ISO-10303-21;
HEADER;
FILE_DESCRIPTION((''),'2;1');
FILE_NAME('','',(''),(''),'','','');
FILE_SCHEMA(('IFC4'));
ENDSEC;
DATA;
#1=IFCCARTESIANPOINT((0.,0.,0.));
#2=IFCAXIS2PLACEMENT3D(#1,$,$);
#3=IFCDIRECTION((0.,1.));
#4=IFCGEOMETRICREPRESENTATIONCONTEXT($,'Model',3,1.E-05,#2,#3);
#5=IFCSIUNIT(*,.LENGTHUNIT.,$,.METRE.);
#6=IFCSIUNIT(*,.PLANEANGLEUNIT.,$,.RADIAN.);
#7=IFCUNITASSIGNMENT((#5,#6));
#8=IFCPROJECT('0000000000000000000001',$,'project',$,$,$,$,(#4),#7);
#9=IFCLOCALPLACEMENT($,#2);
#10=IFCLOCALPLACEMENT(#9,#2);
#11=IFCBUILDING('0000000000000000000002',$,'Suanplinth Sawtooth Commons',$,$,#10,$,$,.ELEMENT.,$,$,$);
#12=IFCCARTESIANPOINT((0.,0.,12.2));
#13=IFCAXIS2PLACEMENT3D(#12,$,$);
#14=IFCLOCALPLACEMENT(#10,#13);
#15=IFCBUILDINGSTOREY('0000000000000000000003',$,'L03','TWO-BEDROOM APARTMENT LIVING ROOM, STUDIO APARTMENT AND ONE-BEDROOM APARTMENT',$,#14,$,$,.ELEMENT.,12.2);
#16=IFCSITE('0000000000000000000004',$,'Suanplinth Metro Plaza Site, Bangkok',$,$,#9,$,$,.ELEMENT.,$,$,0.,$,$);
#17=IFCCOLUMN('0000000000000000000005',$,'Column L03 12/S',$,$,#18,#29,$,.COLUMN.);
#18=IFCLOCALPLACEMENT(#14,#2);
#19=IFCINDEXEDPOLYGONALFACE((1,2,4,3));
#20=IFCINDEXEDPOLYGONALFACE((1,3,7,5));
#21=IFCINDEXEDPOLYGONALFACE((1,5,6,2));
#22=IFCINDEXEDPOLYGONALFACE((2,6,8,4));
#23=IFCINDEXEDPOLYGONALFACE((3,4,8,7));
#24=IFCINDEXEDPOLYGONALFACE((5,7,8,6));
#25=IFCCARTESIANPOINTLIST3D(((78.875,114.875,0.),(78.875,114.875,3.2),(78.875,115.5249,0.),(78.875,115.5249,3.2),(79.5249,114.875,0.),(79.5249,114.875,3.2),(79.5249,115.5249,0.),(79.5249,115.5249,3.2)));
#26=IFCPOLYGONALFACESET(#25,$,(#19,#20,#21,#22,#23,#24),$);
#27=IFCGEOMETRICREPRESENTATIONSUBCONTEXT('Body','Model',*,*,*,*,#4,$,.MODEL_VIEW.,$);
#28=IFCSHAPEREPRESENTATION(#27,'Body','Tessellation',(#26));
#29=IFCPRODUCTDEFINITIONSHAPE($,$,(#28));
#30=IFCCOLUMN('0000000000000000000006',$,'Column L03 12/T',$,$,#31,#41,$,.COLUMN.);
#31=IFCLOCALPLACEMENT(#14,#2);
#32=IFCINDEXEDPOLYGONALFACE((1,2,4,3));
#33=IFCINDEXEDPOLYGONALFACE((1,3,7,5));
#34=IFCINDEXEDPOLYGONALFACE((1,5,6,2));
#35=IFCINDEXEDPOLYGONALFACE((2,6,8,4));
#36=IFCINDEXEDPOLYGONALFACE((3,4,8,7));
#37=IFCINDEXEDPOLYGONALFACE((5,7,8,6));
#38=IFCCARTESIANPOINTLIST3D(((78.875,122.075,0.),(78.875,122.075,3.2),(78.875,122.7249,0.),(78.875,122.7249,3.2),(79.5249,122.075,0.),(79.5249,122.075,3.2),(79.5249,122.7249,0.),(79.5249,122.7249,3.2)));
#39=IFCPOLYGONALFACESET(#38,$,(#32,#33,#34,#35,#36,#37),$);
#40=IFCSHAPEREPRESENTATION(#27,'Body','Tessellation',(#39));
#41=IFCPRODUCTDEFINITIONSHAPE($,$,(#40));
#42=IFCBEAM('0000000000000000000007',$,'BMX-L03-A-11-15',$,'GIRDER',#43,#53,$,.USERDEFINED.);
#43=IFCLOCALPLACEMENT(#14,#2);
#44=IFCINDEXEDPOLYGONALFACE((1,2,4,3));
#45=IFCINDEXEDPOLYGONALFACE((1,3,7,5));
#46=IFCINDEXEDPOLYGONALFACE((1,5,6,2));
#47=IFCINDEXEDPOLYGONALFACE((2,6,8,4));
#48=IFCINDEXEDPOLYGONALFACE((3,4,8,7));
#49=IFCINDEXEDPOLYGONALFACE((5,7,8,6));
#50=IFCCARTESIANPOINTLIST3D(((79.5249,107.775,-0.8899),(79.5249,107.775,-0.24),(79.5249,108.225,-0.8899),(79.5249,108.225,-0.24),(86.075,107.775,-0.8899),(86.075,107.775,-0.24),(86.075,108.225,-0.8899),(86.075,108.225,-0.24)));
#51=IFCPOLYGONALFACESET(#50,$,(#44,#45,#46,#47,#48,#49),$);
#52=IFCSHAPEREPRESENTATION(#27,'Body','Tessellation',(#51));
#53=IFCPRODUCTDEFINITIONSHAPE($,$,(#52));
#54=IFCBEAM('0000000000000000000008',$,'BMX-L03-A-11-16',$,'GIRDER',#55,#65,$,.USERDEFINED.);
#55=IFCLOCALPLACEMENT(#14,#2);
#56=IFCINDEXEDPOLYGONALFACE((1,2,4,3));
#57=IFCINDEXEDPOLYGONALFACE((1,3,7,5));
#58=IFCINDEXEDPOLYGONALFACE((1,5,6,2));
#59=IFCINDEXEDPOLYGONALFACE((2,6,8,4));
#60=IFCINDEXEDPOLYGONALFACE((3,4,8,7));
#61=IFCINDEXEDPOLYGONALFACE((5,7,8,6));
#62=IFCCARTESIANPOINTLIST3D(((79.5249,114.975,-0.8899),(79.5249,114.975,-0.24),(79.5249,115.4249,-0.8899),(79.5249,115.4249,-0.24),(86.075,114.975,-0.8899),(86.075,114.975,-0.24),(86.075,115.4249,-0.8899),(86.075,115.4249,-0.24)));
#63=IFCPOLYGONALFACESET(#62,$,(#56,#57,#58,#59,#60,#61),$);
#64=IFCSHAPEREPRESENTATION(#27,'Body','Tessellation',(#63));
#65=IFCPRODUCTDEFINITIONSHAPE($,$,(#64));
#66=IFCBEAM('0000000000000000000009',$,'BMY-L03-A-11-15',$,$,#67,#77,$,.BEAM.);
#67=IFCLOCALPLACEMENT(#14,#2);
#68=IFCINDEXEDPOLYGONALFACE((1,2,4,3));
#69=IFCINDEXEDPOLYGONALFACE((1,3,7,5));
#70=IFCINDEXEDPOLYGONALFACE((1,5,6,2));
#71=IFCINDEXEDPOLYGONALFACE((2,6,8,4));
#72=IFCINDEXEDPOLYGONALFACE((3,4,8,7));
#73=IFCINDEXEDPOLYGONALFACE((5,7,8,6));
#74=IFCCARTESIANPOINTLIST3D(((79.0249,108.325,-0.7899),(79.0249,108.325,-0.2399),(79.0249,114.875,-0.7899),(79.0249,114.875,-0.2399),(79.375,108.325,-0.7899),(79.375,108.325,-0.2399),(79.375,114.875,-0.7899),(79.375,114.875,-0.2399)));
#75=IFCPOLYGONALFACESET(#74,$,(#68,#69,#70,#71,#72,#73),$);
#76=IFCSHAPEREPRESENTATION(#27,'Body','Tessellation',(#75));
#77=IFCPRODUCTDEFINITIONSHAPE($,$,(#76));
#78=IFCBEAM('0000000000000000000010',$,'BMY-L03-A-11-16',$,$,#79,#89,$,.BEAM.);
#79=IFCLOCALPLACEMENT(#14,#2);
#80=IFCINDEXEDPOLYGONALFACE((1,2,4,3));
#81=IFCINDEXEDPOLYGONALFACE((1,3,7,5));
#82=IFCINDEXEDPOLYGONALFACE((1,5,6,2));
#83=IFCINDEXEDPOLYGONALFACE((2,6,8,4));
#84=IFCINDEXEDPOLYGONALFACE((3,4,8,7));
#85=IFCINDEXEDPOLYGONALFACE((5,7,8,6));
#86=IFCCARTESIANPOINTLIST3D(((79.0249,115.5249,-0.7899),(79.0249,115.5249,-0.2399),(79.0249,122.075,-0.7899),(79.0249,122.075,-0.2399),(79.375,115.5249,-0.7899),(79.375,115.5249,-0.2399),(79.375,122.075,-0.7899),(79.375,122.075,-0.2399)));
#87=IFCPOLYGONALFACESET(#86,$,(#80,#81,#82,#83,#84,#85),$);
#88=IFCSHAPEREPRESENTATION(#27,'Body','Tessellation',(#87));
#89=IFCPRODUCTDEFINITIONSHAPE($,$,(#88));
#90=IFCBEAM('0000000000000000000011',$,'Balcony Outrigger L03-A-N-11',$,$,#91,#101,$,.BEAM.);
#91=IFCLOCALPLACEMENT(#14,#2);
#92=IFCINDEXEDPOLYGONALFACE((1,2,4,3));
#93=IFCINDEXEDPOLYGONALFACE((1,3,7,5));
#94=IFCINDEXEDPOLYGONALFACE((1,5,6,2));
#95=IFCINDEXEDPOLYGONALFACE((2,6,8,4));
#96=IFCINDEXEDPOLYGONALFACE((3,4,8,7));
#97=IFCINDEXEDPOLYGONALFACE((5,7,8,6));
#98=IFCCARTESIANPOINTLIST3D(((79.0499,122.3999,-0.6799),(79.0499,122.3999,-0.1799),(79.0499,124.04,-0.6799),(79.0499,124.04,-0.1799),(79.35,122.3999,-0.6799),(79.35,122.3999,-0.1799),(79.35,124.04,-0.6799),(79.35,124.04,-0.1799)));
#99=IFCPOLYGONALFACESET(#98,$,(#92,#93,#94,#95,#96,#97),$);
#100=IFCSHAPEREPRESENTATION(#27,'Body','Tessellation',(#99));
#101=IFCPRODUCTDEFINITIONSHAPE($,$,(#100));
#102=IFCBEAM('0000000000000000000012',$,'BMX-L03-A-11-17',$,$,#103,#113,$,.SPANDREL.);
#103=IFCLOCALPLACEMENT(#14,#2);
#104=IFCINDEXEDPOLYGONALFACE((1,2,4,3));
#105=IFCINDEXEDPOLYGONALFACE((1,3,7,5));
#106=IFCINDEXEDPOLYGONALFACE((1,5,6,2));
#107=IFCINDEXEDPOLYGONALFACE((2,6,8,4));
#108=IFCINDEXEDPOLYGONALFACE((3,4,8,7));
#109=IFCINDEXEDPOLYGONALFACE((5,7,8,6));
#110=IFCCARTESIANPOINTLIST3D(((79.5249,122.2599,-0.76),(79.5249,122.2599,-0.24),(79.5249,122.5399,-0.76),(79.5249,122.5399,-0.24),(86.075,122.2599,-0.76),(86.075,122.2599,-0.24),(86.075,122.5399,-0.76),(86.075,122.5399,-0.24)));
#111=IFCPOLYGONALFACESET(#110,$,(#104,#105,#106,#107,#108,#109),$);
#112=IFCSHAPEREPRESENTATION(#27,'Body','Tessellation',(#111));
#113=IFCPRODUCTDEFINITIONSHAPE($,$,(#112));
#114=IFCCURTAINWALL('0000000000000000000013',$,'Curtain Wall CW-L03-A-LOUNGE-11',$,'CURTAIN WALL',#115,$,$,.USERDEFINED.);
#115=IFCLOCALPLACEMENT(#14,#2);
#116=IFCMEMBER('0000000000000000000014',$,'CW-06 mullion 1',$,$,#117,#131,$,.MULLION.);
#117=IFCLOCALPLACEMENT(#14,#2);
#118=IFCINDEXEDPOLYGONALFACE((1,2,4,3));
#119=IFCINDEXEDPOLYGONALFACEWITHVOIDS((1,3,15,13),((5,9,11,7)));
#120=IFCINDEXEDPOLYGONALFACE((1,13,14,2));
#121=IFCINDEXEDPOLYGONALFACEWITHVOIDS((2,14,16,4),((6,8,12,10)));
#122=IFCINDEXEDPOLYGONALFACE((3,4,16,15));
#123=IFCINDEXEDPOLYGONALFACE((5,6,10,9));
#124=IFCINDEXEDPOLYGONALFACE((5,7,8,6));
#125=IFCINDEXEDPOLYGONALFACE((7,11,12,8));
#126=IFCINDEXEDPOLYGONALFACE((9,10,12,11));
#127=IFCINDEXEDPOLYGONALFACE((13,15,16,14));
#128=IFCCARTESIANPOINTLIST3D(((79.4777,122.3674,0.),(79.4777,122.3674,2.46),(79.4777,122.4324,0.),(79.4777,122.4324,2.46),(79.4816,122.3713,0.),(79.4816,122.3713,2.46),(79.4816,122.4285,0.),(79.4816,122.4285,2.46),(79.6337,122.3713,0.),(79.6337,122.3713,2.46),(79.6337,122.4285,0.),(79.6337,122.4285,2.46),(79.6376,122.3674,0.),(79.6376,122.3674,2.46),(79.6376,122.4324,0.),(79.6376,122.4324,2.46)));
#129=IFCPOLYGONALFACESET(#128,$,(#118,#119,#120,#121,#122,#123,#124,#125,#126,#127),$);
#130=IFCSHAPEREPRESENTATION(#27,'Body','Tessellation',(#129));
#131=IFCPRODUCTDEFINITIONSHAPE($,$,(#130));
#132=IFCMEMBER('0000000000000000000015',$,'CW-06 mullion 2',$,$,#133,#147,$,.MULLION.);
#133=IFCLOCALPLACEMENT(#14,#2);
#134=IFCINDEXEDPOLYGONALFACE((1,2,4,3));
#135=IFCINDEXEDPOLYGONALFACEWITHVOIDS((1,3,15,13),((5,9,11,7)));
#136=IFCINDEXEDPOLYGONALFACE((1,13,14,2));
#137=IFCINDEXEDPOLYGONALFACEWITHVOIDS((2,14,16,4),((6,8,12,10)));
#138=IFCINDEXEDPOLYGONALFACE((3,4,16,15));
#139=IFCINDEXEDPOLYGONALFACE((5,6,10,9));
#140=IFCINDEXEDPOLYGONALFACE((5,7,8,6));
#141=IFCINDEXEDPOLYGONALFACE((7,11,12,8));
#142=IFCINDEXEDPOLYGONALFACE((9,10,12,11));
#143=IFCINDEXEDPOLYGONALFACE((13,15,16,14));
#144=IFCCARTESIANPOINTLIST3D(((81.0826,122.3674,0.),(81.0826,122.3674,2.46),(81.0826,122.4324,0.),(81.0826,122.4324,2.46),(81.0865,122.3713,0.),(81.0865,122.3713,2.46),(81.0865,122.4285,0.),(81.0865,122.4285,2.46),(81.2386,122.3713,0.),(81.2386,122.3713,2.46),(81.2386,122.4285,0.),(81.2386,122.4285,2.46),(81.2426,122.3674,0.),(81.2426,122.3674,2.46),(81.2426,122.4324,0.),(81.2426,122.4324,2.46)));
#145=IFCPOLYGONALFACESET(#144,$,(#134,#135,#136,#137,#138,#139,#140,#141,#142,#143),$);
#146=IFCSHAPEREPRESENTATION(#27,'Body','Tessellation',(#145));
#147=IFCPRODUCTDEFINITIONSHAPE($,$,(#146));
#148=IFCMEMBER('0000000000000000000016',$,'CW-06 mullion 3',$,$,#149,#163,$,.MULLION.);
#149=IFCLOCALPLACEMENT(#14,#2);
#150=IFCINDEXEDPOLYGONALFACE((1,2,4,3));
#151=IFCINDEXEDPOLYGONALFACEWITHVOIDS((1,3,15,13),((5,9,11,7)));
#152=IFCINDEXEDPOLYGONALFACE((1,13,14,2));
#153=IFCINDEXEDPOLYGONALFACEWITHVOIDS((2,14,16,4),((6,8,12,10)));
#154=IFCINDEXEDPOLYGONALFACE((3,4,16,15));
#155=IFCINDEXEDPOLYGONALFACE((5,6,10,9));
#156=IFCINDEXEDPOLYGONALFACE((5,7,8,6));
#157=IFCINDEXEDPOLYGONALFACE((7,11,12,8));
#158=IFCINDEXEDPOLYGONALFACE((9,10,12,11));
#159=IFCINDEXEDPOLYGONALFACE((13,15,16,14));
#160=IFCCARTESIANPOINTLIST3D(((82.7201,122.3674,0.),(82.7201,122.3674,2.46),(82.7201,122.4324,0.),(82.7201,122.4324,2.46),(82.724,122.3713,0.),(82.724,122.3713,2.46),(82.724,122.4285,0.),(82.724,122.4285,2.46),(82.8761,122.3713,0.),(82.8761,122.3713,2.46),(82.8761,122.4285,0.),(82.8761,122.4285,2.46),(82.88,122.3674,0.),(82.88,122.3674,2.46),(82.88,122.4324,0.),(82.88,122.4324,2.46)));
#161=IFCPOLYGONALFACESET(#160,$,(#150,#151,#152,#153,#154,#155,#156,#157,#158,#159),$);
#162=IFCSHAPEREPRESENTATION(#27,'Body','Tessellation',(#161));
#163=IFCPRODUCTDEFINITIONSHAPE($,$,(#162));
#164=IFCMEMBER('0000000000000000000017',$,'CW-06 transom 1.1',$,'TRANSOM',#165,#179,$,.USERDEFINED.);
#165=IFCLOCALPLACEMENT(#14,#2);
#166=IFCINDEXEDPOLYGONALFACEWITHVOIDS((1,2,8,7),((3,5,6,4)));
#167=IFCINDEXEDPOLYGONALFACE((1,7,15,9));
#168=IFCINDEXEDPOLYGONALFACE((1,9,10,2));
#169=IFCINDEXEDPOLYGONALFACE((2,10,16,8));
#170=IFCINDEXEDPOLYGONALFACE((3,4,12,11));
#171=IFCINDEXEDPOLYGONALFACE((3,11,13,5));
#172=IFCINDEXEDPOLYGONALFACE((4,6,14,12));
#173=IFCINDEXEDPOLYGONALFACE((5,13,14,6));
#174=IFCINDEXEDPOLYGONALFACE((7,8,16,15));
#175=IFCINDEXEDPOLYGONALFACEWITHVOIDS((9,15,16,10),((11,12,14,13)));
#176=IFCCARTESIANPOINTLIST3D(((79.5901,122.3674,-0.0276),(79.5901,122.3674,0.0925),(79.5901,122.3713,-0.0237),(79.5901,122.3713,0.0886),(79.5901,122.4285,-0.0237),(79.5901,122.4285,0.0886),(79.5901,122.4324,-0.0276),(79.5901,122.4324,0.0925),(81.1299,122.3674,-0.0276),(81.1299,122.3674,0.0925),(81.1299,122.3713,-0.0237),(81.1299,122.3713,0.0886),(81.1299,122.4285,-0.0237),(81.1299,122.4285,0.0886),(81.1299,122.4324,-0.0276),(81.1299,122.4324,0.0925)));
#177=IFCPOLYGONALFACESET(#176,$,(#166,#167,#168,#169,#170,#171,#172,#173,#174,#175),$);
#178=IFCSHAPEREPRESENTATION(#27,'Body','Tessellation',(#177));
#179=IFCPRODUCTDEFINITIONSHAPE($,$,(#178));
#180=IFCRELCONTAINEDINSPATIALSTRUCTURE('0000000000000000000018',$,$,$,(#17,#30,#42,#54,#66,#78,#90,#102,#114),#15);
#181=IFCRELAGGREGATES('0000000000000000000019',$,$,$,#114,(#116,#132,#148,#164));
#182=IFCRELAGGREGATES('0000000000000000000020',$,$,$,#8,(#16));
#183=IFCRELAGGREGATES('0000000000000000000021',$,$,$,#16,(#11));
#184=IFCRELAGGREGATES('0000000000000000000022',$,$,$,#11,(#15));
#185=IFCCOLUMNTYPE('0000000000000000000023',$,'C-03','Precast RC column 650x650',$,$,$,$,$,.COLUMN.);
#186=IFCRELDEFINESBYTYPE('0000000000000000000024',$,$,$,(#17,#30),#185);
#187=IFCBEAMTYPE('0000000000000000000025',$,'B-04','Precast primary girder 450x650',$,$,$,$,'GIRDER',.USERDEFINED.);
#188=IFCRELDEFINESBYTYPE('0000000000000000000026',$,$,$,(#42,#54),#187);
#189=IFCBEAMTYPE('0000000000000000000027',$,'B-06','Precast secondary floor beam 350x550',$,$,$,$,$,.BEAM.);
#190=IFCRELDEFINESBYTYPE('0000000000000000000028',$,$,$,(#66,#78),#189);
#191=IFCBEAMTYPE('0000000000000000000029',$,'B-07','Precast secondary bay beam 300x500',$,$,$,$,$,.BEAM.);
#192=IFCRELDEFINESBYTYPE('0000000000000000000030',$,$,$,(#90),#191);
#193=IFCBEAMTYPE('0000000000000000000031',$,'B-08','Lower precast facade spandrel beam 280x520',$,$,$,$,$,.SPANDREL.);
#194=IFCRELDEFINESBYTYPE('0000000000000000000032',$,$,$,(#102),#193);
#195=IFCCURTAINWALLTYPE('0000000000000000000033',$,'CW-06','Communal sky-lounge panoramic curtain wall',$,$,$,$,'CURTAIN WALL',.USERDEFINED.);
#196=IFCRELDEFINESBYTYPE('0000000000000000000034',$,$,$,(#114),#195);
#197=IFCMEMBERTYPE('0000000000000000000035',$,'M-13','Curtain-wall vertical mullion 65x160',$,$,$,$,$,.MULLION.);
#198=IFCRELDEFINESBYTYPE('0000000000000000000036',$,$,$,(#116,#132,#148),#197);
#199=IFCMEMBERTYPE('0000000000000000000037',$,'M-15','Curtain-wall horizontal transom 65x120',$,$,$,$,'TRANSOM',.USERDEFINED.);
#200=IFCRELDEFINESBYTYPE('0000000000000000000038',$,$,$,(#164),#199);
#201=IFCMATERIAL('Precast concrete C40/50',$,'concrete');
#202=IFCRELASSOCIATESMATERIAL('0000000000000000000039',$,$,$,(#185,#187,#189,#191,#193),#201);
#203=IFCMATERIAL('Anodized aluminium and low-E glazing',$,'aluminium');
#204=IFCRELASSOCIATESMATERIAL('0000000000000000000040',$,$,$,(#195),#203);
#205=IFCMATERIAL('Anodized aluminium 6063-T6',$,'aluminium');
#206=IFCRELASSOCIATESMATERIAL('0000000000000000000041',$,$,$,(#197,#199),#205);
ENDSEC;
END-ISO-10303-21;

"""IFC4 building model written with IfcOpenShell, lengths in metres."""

from ifc_helpers import new_model, si_unit, direction, frame, origin, origin_2d, place, context, subcontext, project, spatial, rectangle, hollow_rectangle, extrude, material, material_profile, profile_set, type_object, element, aggregate, save


model = new_model("IFC4")

# Units and contexts
model_context = context("Model", 3, precision=1e-05, world=origin(), true_north=direction((0.0, 1.0)))
body_context = subcontext(model_context, "Body", "Model", "MODEL_VIEW")
ifc_project = project(units=[si_unit("LENGTHUNIT", "METRE"), si_unit("PLANEANGLEUNIT", "RADIAN")], contexts=[model_context])

# Site, building, storey
site_placement = place(None, origin())
site = spatial("IfcSite", under=ifc_project, at=site_placement, Name="Suanplinth Metro Plaza Site, Bangkok", CompositionType="ELEMENT", RefElevation=0.0)
building_placement = place(site_placement, origin())
building = spatial("IfcBuilding", under=site, at=building_placement, Name="Suanplinth Sawtooth Commons", CompositionType="ELEMENT")
storey_placement = place(building_placement, frame((0.0, 0.0, 12.2)))
storey = spatial("IfcBuildingStorey", under=building, at=storey_placement, Name="L03", Description="TWO-BEDROOM APARTMENT LIVING ROOM, STUDIO APARTMENT AND ONE-BEDROOM APARTMENT", CompositionType="ELEMENT", Elevation=12.2)

# Columns
ifc_material_1 = material(Name="Precast concrete C40/50", Category="concrete")
ifc_material_profile_1 = material_profile(ifc_material_1, rectangle(XDim=0.6499, YDim=0.6499, at=origin_2d()), Name="PC-COL 650x650")
ifc_profile_set_1 = profile_set([ifc_material_profile_1], Name="Precast concrete C40/50")
column_type = type_object("IfcColumnType", Name="C-03", Description="Precast RC column 650x650", PredefinedType="COLUMN", material=ifc_profile_set_1)
for number, where, z_axis, x_axis, name in (
    (1, (79.2, 115.2, 0.0), (0.0, 0.0, 1.0), (1.0, 0.0, 0.0), "Column L03 12/S"),
    (2, (79.2, 122.3999, 0.0), (0.0, 0.0, 1.0), (1.0, 0.0, 0.0), "Column L03 12/T"),
):
    element("IfcColumn", number, at=place(storey_placement, frame(where, z_axis=z_axis, x_axis=x_axis)), inside=storey, type_object=column_type, Name=name, PredefinedType="COLUMN", context=body_context, shape_type="SweptSolid", body=[
        extrude(rectangle(XDim=0.6499, YDim=0.6499, at=origin_2d()), origin(), (0.0, 0.0, 1.0), 3.2),
    ])

# Beams
ifc_material_profile_2 = material_profile(ifc_material_1, rectangle(XDim=0.45, YDim=0.6499, at=origin_2d()), Name="PC-GDR 450x650")
ifc_profile_set_2 = profile_set([ifc_material_profile_2], Name="Precast concrete C40/50")
beam_type_1 = type_object("IfcBeamType", Name="B-04", Description="Precast primary girder 450x650", ElementType="GIRDER", PredefinedType="USERDEFINED", material=ifc_profile_set_2)
for number, where, z_axis, x_axis, name in (
    (3, (79.5249, 108.0, -0.5649), (1.0, 0.0, 0.0), (0.0, 1.0, 0.0), "BMX-L03-A-11-15"),
    (4, (79.5249, 115.2, -0.5649), (1.0, 0.0, 0.0), (0.0, 1.0, 0.0), "BMX-L03-A-11-16"),
):
    element("IfcBeam", number, at=place(storey_placement, frame(where, z_axis=z_axis, x_axis=x_axis)), inside=storey, type_object=beam_type_1, Name=name, ObjectType="GIRDER", PredefinedType="USERDEFINED", context=body_context, shape_type="SweptSolid", body=[
        extrude(rectangle(XDim=0.45, YDim=0.6499, at=origin_2d()), origin(), (0.0, 0.0, 1.0), 6.55),
    ])
ifc_material_profile_3 = material_profile(ifc_material_1, rectangle(XDim=0.3501, YDim=0.55, at=origin_2d()), Name="PC-BM 350x550")
ifc_profile_set_3 = profile_set([ifc_material_profile_3], Name="Precast concrete C40/50")
beam_type_2 = type_object("IfcBeamType", Name="B-06", Description="Precast secondary floor beam 350x550", PredefinedType="BEAM", material=ifc_profile_set_3)
for number, where, z_axis, x_axis, name in (
    (5, (79.2, 108.325, -0.5149), (0.0, 1.0, 0.0), (-1.0, 0.0, 0.0), "BMY-L03-A-11-15"),
    (6, (79.2, 115.5249, -0.5149), (0.0, 1.0, 0.0), (-1.0, 0.0, 0.0), "BMY-L03-A-11-16"),
):
    element("IfcBeam", number, at=place(storey_placement, frame(where, z_axis=z_axis, x_axis=x_axis)), inside=storey, type_object=beam_type_2, Name=name, PredefinedType="BEAM", context=body_context, shape_type="SweptSolid", body=[
        extrude(rectangle(XDim=0.3501, YDim=0.55, at=origin_2d()), origin(), (0.0, 0.0, 1.0), 6.55),
    ])
ifc_material_profile_4 = material_profile(ifc_material_1, rectangle(XDim=0.3, YDim=0.5, at=origin_2d()), Name="PC-BM 300x500")
ifc_profile_set_4 = profile_set([ifc_material_profile_4], Name="Precast concrete C40/50")
beam_type_3 = type_object("IfcBeamType", Name="B-07", Description="Precast secondary bay beam 300x500", PredefinedType="BEAM", material=ifc_profile_set_4)
beam_1_placement = place(storey_placement, frame((79.2, 122.3999, -0.4299), z_axis=(0.0, 1.0, 0.0), x_axis=(-1.0, 0.0, 0.0)))
element("IfcBeam", 7, at=beam_1_placement, inside=storey, type_object=beam_type_3, Name="Balcony Outrigger L03-A-N-11", PredefinedType="BEAM", context=body_context, shape_type="SweptSolid", body=[
    extrude(rectangle(XDim=0.3, YDim=0.5, at=origin_2d()), origin(), (0.0, 0.0, 1.0), 1.6401),
])
ifc_material_profile_5 = material_profile(ifc_material_1, rectangle(XDim=0.28, YDim=0.52, at=origin_2d()), Name="PC-SP 280x520")
ifc_profile_set_5 = profile_set([ifc_material_profile_5], Name="Precast concrete C40/50")
beam_type_4 = type_object("IfcBeamType", Name="B-08", Description="Lower precast facade spandrel beam 280x520", PredefinedType="SPANDREL", material=ifc_profile_set_5)
beam_2_placement = place(storey_placement, frame((79.5249, 122.3999, -0.5), z_axis=(1.0, 0.0, 0.0), x_axis=(0.0, 1.0, 0.0)))
element("IfcBeam", 8, at=beam_2_placement, inside=storey, type_object=beam_type_4, Name="BMX-L03-A-11-17", PredefinedType="SPANDREL", context=body_context, shape_type="SweptSolid", body=[
    extrude(rectangle(XDim=0.28, YDim=0.52, at=origin_2d()), origin(), (0.0, 0.0, 1.0), 6.55),
])

# Curtain wall, members
ifc_material_2 = material(Name="Anodized aluminium and low-E glazing", Category="aluminium")
curtain_wall_type = type_object("IfcCurtainWallType", Name="CW-06", Description="Communal sky-lounge panoramic curtain wall", ElementType="CURTAIN WALL", PredefinedType="USERDEFINED", material=ifc_material_2)
curtain_wall_placement = place(storey_placement, origin())
curtain_wall = element("IfcCurtainWall", 9, at=curtain_wall_placement, inside=storey, type_object=curtain_wall_type, Name="Curtain Wall CW-L03-A-LOUNGE-11", ObjectType="CURTAIN WALL", PredefinedType="USERDEFINED")
ifc_material_3 = material(Name="Anodized aluminium 6063-T6", Category="aluminium")
ifc_material_profile_6 = material_profile(ifc_material_3, hollow_rectangle(XDim=0.0649, YDim=0.1599, WallThickness=0.0039, at=origin_2d()), Name="ALU-MUL 65x160")
ifc_profile_set_6 = profile_set([ifc_material_profile_6], Name="Anodized aluminium 6063-T6")
member_type_1 = type_object("IfcMemberType", Name="M-13", Description="Curtain-wall vertical mullion 65x160", PredefinedType="MULLION", material=ifc_profile_set_6)
member_1_placement = place(storey_placement, frame((79.5576, 122.3999, 0.0), z_axis=(0.0, 0.0, 1.0), x_axis=(0.0, 1.0, 0.0)))
member_1 = element("IfcMember", 10, at=member_1_placement, type_object=member_type_1, Name="CW-06 mullion 1", PredefinedType="MULLION", context=body_context, shape_type="SweptSolid", body=[
    extrude(hollow_rectangle(XDim=0.0649, YDim=0.1599, WallThickness=0.0039, at=origin_2d()), origin(), (0.0, 0.0, 1.0), 2.46),
])
member_2_placement = place(storey_placement, frame((81.1626, 122.3999, 0.0), z_axis=(0.0, 0.0, 1.0), x_axis=(0.0, 1.0, 0.0)))
member_2 = element("IfcMember", 11, at=member_2_placement, type_object=member_type_1, Name="CW-06 mullion 2", PredefinedType="MULLION", context=body_context, shape_type="SweptSolid", body=[
    extrude(hollow_rectangle(XDim=0.0649, YDim=0.1599, WallThickness=0.0039, at=origin_2d()), origin(), (0.0, 0.0, 1.0), 2.46),
])
member_3_placement = place(storey_placement, frame((82.8, 122.3999, 0.0), z_axis=(0.0, 0.0, 1.0), x_axis=(0.0, 1.0, 0.0)))
member_3 = element("IfcMember", 12, at=member_3_placement, type_object=member_type_1, Name="CW-06 mullion 3", PredefinedType="MULLION", context=body_context, shape_type="SweptSolid", body=[
    extrude(hollow_rectangle(XDim=0.0649, YDim=0.1599, WallThickness=0.0039, at=origin_2d()), origin(), (0.0, 0.0, 1.0), 2.46),
])
ifc_material_profile_7 = material_profile(ifc_material_3, hollow_rectangle(XDim=0.0649, YDim=0.1201, WallThickness=0.0039, at=origin_2d()), Name="ALU-TRN 65x120")
ifc_profile_set_7 = profile_set([ifc_material_profile_7], Name="Anodized aluminium 6063-T6")
member_type_2 = type_object("IfcMemberType", Name="M-15", Description="Curtain-wall horizontal transom 65x120", ElementType="TRANSOM", PredefinedType="USERDEFINED", material=ifc_profile_set_7)
member_4_placement = place(storey_placement, frame((79.5901, 122.3999, 0.0325), z_axis=(1.0, 0.0, 0.0), x_axis=(0.0, 1.0, 0.0)))
member_4 = element("IfcMember", 13, at=member_4_placement, type_object=member_type_2, Name="CW-06 transom 1.1", ObjectType="TRANSOM", PredefinedType="USERDEFINED", context=body_context, shape_type="SweptSolid", body=[
    extrude(hollow_rectangle(XDim=0.0649, YDim=0.1201, WallThickness=0.0039, at=origin_2d()), origin(), (0.0, 0.0, 1.0), 1.5398),
])
aggregate(curtain_wall, [member_1, member_2, member_3, member_4])

save(model, "model.ifc")
